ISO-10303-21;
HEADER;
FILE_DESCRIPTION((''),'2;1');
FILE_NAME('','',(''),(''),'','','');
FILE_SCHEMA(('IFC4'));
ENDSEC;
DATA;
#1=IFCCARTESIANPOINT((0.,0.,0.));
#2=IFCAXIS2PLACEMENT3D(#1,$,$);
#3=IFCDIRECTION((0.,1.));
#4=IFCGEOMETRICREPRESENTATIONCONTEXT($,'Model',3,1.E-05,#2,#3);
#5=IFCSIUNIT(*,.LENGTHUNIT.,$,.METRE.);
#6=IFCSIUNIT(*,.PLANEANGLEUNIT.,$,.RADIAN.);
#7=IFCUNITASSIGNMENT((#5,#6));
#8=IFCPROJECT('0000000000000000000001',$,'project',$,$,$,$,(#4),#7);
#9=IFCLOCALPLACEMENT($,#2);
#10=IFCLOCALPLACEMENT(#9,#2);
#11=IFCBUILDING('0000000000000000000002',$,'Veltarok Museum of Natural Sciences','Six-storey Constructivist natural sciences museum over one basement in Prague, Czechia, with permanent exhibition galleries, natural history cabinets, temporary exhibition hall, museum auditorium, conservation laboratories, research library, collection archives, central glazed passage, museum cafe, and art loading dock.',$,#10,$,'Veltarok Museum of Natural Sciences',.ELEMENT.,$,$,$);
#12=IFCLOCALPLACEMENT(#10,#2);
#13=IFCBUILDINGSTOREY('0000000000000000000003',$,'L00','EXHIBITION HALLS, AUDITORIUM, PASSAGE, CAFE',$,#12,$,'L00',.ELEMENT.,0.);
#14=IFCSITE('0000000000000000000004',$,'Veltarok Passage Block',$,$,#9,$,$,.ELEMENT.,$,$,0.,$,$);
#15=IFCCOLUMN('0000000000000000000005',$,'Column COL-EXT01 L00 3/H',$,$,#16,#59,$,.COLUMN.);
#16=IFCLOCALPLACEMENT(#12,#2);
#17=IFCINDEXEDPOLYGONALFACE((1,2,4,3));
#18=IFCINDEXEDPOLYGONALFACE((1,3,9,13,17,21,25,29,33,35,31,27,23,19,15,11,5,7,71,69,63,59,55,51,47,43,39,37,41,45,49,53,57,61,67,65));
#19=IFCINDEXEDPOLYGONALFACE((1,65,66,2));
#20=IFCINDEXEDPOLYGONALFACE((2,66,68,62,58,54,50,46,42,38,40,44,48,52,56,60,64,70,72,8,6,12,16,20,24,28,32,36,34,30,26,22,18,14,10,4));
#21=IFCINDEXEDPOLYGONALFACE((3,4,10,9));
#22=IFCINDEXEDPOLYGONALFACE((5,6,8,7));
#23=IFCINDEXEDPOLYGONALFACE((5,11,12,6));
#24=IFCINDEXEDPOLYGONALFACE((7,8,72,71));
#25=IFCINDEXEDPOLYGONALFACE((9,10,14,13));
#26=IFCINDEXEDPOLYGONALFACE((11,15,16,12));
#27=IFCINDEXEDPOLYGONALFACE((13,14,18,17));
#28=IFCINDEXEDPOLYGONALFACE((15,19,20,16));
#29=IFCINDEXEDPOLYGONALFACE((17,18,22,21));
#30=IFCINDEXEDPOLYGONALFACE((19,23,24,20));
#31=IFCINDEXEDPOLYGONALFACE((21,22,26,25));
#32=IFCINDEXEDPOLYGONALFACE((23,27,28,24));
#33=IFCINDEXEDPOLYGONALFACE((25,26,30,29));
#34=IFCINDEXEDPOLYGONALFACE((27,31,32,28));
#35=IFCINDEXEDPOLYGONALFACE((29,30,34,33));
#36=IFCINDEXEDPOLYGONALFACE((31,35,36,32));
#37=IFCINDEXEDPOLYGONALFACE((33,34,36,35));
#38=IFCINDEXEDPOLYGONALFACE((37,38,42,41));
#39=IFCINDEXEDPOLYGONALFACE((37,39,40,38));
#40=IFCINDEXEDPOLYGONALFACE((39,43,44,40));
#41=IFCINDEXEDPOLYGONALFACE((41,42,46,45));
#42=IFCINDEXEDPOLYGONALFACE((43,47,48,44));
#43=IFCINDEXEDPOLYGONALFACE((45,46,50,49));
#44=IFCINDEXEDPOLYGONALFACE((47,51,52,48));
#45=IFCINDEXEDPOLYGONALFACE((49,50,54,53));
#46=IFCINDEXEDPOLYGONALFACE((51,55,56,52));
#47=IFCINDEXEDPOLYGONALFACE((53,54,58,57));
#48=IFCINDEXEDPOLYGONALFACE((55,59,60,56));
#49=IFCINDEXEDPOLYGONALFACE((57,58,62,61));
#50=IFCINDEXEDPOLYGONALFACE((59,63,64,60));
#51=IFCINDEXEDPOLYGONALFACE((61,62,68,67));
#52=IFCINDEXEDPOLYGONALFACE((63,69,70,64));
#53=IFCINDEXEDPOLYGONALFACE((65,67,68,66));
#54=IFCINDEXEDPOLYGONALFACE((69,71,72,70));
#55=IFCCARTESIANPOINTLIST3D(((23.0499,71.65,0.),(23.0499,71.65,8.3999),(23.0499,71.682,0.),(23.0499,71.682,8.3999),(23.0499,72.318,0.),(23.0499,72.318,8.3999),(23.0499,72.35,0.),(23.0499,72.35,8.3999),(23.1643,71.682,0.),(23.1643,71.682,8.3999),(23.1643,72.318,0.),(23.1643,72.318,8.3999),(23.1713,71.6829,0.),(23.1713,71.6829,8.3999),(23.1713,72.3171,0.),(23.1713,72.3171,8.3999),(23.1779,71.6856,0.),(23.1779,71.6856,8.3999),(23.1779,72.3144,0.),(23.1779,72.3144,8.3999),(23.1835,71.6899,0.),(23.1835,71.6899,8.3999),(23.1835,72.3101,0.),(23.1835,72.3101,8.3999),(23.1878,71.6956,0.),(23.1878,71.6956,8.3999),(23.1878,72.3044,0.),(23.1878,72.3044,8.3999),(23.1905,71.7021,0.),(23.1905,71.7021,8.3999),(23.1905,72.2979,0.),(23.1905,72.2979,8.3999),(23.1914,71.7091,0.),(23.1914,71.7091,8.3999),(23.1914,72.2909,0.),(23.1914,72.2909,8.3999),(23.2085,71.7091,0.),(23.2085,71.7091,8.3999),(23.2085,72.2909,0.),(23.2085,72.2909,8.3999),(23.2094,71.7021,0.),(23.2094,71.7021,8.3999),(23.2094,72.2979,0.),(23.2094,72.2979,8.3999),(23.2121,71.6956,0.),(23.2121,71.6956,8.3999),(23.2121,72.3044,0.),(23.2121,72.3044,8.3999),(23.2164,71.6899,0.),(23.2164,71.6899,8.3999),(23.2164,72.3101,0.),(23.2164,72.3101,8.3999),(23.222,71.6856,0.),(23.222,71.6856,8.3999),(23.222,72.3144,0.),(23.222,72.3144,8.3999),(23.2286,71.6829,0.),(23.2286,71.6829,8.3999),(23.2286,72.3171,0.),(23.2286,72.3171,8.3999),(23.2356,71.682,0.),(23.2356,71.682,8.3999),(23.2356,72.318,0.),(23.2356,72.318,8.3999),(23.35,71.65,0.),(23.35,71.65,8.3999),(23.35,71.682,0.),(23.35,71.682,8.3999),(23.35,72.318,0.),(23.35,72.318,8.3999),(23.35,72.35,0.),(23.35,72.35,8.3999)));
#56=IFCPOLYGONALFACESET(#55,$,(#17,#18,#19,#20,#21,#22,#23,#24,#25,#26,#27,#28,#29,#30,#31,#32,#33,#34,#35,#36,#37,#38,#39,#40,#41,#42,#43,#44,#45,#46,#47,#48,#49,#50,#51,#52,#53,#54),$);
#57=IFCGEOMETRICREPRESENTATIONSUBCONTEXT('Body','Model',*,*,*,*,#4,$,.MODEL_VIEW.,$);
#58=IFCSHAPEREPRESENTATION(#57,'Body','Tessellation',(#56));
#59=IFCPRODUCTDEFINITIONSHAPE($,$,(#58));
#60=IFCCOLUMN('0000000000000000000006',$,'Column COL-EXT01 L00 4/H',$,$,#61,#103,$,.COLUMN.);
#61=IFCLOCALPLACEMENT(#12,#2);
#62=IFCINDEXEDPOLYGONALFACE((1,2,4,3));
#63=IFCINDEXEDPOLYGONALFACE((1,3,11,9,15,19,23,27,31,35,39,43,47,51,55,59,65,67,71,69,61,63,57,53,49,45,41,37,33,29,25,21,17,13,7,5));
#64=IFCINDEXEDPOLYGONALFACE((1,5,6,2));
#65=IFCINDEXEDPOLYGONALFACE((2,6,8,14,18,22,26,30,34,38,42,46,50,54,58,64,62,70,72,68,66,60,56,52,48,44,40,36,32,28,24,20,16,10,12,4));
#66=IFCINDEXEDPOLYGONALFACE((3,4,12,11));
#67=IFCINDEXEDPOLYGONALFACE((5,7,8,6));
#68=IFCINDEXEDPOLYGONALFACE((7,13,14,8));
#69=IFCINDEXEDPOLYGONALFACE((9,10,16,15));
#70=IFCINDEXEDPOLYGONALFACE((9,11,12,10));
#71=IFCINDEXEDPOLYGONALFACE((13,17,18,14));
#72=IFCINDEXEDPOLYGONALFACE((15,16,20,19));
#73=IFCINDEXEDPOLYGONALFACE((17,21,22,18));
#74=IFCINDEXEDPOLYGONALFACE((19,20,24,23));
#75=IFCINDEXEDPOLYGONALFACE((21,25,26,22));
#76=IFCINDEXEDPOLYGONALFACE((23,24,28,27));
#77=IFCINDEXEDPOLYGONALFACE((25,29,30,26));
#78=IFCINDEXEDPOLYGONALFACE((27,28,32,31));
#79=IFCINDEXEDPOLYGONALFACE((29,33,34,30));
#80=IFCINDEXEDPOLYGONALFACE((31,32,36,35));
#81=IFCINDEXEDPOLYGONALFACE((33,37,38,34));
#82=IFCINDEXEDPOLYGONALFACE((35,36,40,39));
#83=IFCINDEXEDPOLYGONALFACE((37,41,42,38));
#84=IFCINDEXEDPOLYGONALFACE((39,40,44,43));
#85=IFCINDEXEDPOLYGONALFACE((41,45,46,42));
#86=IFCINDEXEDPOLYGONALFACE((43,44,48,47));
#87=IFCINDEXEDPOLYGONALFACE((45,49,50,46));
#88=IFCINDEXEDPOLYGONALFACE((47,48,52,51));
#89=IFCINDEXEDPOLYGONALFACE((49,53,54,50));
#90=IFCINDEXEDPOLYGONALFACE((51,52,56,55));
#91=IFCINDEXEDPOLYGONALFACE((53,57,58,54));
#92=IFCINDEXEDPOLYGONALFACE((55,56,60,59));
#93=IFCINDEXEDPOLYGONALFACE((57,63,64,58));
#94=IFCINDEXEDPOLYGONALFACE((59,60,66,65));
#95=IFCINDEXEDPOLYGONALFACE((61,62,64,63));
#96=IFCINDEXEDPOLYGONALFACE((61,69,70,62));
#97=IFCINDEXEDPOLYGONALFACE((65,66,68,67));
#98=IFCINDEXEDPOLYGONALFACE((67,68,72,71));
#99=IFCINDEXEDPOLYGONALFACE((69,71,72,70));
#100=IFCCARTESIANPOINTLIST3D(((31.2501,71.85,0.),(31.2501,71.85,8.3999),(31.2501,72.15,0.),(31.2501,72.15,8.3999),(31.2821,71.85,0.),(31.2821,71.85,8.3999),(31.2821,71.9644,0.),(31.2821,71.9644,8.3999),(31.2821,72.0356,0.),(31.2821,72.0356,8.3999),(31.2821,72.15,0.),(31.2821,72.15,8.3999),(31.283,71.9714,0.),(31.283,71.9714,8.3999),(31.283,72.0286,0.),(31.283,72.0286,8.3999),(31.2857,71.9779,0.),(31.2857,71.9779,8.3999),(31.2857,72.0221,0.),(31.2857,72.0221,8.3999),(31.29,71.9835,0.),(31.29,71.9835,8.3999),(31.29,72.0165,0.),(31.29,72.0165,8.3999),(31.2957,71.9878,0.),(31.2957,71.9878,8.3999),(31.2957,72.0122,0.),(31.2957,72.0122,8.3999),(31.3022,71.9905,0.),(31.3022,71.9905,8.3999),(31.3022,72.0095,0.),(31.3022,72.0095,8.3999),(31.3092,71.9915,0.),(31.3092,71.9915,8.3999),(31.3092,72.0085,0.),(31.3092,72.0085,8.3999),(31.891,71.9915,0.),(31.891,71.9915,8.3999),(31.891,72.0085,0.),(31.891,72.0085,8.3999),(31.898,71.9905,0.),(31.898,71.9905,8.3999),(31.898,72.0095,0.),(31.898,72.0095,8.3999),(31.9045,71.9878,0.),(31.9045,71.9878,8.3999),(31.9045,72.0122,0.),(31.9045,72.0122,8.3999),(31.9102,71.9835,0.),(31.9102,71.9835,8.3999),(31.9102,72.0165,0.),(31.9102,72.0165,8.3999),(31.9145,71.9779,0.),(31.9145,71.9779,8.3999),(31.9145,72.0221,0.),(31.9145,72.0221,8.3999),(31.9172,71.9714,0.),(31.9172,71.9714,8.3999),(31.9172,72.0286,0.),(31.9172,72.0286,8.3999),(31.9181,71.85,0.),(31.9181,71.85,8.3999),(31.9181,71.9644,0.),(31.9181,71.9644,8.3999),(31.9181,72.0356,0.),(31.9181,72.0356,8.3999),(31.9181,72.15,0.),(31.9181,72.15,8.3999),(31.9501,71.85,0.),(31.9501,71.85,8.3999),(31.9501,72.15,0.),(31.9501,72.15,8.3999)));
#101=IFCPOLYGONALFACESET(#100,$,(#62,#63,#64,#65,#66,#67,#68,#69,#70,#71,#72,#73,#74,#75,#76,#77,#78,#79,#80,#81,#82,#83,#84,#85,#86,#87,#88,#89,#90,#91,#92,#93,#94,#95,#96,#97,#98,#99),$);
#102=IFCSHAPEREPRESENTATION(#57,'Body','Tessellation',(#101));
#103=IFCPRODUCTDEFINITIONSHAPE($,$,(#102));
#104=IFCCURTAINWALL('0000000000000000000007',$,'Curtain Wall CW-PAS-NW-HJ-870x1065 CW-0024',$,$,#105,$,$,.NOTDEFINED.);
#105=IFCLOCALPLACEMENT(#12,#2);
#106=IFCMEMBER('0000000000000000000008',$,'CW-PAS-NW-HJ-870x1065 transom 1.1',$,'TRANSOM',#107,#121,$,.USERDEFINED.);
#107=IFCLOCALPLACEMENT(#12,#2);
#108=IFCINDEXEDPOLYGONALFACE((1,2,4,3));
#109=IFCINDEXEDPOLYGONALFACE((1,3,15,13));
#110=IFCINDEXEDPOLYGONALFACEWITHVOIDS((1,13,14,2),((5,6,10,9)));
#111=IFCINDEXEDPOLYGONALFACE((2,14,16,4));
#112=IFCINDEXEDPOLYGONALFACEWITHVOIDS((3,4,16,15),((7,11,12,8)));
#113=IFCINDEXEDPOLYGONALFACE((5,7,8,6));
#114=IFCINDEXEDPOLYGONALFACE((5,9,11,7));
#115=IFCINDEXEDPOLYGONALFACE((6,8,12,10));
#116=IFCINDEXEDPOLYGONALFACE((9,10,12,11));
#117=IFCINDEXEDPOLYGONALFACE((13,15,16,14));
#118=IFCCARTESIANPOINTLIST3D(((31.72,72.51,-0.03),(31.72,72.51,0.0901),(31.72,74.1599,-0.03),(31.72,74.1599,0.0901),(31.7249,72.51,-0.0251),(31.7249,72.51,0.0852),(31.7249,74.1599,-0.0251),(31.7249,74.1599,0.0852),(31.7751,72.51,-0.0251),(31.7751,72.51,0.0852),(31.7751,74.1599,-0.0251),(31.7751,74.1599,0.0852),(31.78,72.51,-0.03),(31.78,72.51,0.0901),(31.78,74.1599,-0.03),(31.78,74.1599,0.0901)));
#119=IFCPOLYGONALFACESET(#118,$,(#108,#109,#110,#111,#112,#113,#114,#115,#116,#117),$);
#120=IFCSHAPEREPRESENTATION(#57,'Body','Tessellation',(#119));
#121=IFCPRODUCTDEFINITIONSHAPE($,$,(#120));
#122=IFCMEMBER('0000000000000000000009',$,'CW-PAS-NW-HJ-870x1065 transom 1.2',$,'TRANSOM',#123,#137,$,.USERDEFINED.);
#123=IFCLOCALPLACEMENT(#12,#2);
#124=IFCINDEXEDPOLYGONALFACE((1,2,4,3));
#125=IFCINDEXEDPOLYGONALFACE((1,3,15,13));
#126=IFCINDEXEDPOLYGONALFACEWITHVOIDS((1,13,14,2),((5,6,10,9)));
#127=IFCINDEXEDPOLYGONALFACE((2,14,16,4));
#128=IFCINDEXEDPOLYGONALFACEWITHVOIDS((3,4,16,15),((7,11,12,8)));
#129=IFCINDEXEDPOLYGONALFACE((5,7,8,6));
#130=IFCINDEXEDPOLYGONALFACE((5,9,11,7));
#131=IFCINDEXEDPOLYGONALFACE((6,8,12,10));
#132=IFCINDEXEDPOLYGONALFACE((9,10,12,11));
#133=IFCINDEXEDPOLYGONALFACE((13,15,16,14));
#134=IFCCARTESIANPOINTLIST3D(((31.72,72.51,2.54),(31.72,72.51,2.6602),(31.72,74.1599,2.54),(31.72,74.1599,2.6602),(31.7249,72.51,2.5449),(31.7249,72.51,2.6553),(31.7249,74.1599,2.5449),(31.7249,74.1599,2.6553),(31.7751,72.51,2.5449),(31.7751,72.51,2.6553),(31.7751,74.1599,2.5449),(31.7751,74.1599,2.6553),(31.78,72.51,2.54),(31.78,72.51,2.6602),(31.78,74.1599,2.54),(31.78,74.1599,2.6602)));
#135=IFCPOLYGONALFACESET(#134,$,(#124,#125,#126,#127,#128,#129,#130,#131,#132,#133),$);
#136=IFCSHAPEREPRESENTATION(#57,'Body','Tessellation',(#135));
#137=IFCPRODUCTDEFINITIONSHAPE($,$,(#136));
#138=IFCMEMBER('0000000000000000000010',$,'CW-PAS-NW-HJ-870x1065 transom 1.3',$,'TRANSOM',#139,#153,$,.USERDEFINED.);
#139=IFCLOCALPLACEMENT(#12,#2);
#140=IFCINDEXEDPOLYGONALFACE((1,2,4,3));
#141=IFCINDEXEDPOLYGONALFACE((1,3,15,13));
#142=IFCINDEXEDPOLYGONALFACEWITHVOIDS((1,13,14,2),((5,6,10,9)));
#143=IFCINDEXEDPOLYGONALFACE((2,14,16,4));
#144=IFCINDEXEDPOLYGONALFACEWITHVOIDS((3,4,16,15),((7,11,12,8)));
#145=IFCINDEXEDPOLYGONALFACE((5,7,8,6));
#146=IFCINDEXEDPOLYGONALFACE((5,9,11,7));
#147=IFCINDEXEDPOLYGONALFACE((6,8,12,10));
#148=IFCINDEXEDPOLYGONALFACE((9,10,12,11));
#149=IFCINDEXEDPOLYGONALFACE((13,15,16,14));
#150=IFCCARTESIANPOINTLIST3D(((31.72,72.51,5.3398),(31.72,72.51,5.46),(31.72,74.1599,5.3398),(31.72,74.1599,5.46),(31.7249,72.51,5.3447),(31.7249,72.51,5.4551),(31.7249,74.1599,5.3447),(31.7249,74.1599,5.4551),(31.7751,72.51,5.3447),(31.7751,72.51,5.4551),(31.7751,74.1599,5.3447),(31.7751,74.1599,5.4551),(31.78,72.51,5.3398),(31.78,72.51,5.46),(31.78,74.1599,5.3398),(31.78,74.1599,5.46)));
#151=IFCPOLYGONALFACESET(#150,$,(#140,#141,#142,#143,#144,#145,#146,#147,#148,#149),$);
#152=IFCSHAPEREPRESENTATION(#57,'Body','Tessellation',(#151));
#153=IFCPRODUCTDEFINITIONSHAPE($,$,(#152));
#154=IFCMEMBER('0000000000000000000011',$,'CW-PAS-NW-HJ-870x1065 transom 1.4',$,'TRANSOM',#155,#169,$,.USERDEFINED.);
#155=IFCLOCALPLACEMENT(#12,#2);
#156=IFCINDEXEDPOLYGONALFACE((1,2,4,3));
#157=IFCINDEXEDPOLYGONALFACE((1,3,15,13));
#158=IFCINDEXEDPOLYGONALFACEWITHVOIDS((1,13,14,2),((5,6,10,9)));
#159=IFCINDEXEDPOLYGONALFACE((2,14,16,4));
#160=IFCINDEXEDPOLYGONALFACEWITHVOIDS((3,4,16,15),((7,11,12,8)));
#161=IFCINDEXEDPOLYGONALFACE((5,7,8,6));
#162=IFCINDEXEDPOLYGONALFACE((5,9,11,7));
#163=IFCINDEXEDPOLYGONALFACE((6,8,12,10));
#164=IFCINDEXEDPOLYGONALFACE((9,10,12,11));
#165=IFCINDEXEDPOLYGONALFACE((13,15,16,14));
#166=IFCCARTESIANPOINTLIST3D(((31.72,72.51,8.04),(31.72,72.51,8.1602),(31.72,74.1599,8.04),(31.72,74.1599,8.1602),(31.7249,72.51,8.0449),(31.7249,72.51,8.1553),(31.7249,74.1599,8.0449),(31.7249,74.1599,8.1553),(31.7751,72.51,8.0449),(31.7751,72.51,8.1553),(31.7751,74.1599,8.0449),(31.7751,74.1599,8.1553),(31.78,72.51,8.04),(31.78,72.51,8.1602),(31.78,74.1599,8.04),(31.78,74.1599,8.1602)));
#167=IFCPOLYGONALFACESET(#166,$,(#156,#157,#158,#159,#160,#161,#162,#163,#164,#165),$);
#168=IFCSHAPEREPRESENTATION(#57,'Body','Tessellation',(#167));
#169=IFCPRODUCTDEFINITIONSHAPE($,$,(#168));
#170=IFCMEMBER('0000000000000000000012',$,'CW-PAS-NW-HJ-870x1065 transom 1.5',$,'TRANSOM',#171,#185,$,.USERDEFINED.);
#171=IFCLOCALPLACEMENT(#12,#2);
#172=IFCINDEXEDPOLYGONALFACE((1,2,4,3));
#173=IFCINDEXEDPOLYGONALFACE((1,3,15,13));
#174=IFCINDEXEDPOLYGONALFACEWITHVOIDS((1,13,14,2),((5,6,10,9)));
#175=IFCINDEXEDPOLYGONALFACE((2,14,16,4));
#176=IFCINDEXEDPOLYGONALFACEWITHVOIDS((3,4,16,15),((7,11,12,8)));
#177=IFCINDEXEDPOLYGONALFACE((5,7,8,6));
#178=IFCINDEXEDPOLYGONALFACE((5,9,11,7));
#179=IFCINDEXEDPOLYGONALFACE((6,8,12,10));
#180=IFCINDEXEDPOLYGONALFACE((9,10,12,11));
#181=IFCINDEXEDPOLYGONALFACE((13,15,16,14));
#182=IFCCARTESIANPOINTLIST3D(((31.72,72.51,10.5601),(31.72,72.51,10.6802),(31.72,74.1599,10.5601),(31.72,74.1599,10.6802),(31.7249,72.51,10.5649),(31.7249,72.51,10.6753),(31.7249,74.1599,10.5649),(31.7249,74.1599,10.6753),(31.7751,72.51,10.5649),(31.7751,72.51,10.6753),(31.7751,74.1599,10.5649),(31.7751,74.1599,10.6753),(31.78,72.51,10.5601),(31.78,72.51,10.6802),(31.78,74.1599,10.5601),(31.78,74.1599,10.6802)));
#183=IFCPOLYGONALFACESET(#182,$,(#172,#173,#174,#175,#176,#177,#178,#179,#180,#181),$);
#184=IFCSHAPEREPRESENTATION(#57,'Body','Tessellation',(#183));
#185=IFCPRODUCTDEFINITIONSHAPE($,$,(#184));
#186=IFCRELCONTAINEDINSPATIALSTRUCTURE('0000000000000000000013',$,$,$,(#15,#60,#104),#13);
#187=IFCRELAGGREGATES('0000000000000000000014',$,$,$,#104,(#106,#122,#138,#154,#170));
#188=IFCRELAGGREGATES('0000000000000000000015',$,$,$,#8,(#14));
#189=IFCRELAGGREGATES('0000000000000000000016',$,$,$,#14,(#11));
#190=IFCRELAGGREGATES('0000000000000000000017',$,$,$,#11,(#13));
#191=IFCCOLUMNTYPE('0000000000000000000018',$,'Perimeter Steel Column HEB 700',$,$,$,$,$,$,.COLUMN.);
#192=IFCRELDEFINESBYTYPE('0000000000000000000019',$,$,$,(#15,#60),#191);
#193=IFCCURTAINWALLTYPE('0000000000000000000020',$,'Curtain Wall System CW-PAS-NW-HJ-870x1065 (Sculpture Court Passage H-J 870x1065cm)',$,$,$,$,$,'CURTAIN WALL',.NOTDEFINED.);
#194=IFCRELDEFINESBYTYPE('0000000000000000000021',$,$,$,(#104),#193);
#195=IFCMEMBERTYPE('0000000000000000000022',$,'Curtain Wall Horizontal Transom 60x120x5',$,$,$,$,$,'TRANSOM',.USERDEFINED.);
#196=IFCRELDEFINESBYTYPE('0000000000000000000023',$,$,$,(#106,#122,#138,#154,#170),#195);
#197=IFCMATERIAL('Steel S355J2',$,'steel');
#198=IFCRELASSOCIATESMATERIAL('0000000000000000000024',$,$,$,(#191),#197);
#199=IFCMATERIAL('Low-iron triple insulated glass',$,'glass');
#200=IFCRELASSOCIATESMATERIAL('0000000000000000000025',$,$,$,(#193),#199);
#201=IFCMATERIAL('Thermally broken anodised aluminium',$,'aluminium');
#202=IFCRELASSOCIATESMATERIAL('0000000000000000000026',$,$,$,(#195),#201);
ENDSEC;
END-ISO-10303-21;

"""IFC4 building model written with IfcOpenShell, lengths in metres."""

from ifc_helpers import new_model, si_unit, direction, frame, origin, origin_2d, place, context, subcontext, project, spatial, hollow_rectangle, i_section, extrude, material, material_profile, profile_set, type_object, element, aggregate, save


model = new_model("IFC4")

# Units and contexts
model_context = context("Model", 3, precision=1e-05, world=origin(), true_north=direction((0.0, 1.0)))
body_context = subcontext(model_context, "Body", "Model", "MODEL_VIEW")
ifc_project = project(units=[si_unit("LENGTHUNIT", "METRE"), si_unit("PLANEANGLEUNIT", "RADIAN")], contexts=[model_context])

# Site, building, storey
site_placement = place(None, origin())
site = spatial("IfcSite", under=ifc_project, at=site_placement, Name="Veltarok Passage Block", CompositionType="ELEMENT", RefElevation=0.0)
building_placement = place(site_placement, origin())
building = spatial("IfcBuilding", under=site, at=building_placement, Name="Veltarok Museum of Natural Sciences", Description="Six-storey Constructivist natural sciences museum over one basement in Prague, Czechia, with permanent exhibition galleries, natural history cabinets, temporary exhibition hall, museum auditorium, conservation laboratories, research library, collection archives, central glazed passage, museum cafe, and art loading dock.", LongName="Veltarok Museum of Natural Sciences", CompositionType="ELEMENT")
storey_placement = place(building_placement, origin())
storey = spatial("IfcBuildingStorey", under=building, at=storey_placement, Name="L00", Description="EXHIBITION HALLS, AUDITORIUM, PASSAGE, CAFE", LongName="L00", CompositionType="ELEMENT", Elevation=0.0)

# Columns
ifc_material_1 = material(Name="Steel S355J2", Category="steel")
ifc_material_profile_1 = material_profile(ifc_material_1, i_section(OverallWidth=0.3, OverallDepth=0.7, WebThickness=0.0171, FlangeThickness=0.032, FilletRadius=0.0271, at=origin_2d()), Name="HEB 700")
ifc_profile_set_1 = profile_set([ifc_material_profile_1], Name="Steel S355J2")
column_type = type_object("IfcColumnType", Name="Perimeter Steel Column HEB 700", PredefinedType="COLUMN", material=ifc_profile_set_1)
for number, where, z_axis, x_axis, name in (
    (1, (23.2, 72.0, 0.0), (0.0, 0.0, 1.0), (1.0, 0.0, 0.0), "Column COL-EXT01 L00 3/H"),
    (2, (31.6001, 72.0, 0.0), (0.0, 0.0, 1.0), (0.0, 1.0, 0.0), "Column COL-EXT01 L00 4/H"),
):
    element("IfcColumn", number, at=place(storey_placement, frame(where, z_axis=z_axis, x_axis=x_axis)), inside=storey, type_object=column_type, Name=name, PredefinedType="COLUMN", context=body_context, shape_type="SweptSolid", body=[
        extrude(i_section(OverallWidth=0.3, OverallDepth=0.7, WebThickness=0.0171, FlangeThickness=0.032, FilletRadius=0.0271, at=origin_2d()), origin(), (0.0, 0.0, 1.0), 8.3999),
    ])

# Curtain wall, members
ifc_material_2 = material(Name="Low-iron triple insulated glass", Category="glass")
curtain_wall_type = type_object("IfcCurtainWallType", Name="Curtain Wall System CW-PAS-NW-HJ-870x1065 (Sculpture Court Passage H-J 870x1065cm)", ElementType="CURTAIN WALL", PredefinedType="NOTDEFINED", material=ifc_material_2)
curtain_wall_placement = place(storey_placement, origin())
curtain_wall = element("IfcCurtainWall", 3, at=curtain_wall_placement, inside=storey, type_object=curtain_wall_type, Name="Curtain Wall CW-PAS-NW-HJ-870x1065 CW-0024", PredefinedType="NOTDEFINED")
ifc_material_3 = material(Name="Thermally broken anodised aluminium", Category="aluminium")
ifc_material_profile_2 = material_profile(ifc_material_3, hollow_rectangle(XDim=0.0601, YDim=0.1201, WallThickness=0.0049, at=origin_2d()), Name="CW TRANSOM 60x120x5")
ifc_profile_set_2 = profile_set([ifc_material_profile_2], Name="Thermally broken anodised aluminium")
member_type_1 = type_object("IfcMemberType", Name="Curtain Wall Horizontal Transom 60x120x5", ElementType="TRANSOM", PredefinedType="USERDEFINED", material=ifc_profile_set_2)
member_1_placement = place(storey_placement, frame((31.75, 72.51, 0.03), z_axis=(0.0, 1.0, 0.0), x_axis=(-1.0, 0.0, 0.0)))
member_1 = element("IfcMember", 4, at=member_1_placement, type_object=member_type_1, Name="CW-PAS-NW-HJ-870x1065 transom 1.1", ObjectType="TRANSOM", PredefinedType="USERDEFINED", context=body_context, shape_type="SweptSolid", body=[
    extrude(hollow_rectangle(XDim=0.0601, YDim=0.1201, WallThickness=0.0049, at=origin_2d()), origin(), (0.0, 0.0, 1.0), 1.6499),
])
member_2_placement = place(storey_placement, frame((31.75, 72.51, 2.6001), z_axis=(0.0, 1.0, 0.0), x_axis=(-1.0, 0.0, 0.0)))
member_2 = element("IfcMember", 5, at=member_2_placement, type_object=member_type_1, Name="CW-PAS-NW-HJ-870x1065 transom 1.2", ObjectType="TRANSOM", PredefinedType="USERDEFINED", context=body_context, shape_type="SweptSolid", body=[
    extrude(hollow_rectangle(XDim=0.0601, YDim=0.1201, WallThickness=0.0049, at=origin_2d()), origin(), (0.0, 0.0, 1.0), 1.6499),
])
member_3_placement = place(storey_placement, frame((31.75, 72.51, 5.3999), z_axis=(0.0, 1.0, 0.0), x_axis=(-1.0, 0.0, 0.0)))
member_3 = element("IfcMember", 6, at=member_3_placement, type_object=member_type_1, Name="CW-PAS-NW-HJ-870x1065 transom 1.3", ObjectType="TRANSOM", PredefinedType="USERDEFINED", context=body_context, shape_type="SweptSolid", body=[
    extrude(hollow_rectangle(XDim=0.0601, YDim=0.1201, WallThickness=0.0049, at=origin_2d()), origin(), (0.0, 0.0, 1.0), 1.6499),
])
member_4_placement = place(storey_placement, frame((31.75, 72.51, 8.1001), z_axis=(0.0, 1.0, 0.0), x_axis=(-1.0, 0.0, 0.0)))
member_4 = element("IfcMember", 7, at=member_4_placement, type_object=member_type_1, Name="CW-PAS-NW-HJ-870x1065 transom 1.4", ObjectType="TRANSOM", PredefinedType="USERDEFINED", context=body_context, shape_type="SweptSolid", body=[
    extrude(hollow_rectangle(XDim=0.0601, YDim=0.1201, WallThickness=0.0049, at=origin_2d()), origin(), (0.0, 0.0, 1.0), 1.6499),
])
member_5_placement = place(storey_placement, frame((31.75, 72.51, 10.6201), z_axis=(0.0, 1.0, 0.0), x_axis=(-1.0, 0.0, 0.0)))
member_5 = element("IfcMember", 8, at=member_5_placement, type_object=member_type_1, Name="CW-PAS-NW-HJ-870x1065 transom 1.5", ObjectType="TRANSOM", PredefinedType="USERDEFINED", context=body_context, shape_type="SweptSolid", body=[
    extrude(hollow_rectangle(XDim=0.0601, YDim=0.1201, WallThickness=0.0049, at=origin_2d()), origin(), (0.0, 0.0, 1.0), 1.6499),
])

aggregate(curtain_wall, [member_1, member_2, member_3, member_4, member_5])

save(model, "model.ifc")
